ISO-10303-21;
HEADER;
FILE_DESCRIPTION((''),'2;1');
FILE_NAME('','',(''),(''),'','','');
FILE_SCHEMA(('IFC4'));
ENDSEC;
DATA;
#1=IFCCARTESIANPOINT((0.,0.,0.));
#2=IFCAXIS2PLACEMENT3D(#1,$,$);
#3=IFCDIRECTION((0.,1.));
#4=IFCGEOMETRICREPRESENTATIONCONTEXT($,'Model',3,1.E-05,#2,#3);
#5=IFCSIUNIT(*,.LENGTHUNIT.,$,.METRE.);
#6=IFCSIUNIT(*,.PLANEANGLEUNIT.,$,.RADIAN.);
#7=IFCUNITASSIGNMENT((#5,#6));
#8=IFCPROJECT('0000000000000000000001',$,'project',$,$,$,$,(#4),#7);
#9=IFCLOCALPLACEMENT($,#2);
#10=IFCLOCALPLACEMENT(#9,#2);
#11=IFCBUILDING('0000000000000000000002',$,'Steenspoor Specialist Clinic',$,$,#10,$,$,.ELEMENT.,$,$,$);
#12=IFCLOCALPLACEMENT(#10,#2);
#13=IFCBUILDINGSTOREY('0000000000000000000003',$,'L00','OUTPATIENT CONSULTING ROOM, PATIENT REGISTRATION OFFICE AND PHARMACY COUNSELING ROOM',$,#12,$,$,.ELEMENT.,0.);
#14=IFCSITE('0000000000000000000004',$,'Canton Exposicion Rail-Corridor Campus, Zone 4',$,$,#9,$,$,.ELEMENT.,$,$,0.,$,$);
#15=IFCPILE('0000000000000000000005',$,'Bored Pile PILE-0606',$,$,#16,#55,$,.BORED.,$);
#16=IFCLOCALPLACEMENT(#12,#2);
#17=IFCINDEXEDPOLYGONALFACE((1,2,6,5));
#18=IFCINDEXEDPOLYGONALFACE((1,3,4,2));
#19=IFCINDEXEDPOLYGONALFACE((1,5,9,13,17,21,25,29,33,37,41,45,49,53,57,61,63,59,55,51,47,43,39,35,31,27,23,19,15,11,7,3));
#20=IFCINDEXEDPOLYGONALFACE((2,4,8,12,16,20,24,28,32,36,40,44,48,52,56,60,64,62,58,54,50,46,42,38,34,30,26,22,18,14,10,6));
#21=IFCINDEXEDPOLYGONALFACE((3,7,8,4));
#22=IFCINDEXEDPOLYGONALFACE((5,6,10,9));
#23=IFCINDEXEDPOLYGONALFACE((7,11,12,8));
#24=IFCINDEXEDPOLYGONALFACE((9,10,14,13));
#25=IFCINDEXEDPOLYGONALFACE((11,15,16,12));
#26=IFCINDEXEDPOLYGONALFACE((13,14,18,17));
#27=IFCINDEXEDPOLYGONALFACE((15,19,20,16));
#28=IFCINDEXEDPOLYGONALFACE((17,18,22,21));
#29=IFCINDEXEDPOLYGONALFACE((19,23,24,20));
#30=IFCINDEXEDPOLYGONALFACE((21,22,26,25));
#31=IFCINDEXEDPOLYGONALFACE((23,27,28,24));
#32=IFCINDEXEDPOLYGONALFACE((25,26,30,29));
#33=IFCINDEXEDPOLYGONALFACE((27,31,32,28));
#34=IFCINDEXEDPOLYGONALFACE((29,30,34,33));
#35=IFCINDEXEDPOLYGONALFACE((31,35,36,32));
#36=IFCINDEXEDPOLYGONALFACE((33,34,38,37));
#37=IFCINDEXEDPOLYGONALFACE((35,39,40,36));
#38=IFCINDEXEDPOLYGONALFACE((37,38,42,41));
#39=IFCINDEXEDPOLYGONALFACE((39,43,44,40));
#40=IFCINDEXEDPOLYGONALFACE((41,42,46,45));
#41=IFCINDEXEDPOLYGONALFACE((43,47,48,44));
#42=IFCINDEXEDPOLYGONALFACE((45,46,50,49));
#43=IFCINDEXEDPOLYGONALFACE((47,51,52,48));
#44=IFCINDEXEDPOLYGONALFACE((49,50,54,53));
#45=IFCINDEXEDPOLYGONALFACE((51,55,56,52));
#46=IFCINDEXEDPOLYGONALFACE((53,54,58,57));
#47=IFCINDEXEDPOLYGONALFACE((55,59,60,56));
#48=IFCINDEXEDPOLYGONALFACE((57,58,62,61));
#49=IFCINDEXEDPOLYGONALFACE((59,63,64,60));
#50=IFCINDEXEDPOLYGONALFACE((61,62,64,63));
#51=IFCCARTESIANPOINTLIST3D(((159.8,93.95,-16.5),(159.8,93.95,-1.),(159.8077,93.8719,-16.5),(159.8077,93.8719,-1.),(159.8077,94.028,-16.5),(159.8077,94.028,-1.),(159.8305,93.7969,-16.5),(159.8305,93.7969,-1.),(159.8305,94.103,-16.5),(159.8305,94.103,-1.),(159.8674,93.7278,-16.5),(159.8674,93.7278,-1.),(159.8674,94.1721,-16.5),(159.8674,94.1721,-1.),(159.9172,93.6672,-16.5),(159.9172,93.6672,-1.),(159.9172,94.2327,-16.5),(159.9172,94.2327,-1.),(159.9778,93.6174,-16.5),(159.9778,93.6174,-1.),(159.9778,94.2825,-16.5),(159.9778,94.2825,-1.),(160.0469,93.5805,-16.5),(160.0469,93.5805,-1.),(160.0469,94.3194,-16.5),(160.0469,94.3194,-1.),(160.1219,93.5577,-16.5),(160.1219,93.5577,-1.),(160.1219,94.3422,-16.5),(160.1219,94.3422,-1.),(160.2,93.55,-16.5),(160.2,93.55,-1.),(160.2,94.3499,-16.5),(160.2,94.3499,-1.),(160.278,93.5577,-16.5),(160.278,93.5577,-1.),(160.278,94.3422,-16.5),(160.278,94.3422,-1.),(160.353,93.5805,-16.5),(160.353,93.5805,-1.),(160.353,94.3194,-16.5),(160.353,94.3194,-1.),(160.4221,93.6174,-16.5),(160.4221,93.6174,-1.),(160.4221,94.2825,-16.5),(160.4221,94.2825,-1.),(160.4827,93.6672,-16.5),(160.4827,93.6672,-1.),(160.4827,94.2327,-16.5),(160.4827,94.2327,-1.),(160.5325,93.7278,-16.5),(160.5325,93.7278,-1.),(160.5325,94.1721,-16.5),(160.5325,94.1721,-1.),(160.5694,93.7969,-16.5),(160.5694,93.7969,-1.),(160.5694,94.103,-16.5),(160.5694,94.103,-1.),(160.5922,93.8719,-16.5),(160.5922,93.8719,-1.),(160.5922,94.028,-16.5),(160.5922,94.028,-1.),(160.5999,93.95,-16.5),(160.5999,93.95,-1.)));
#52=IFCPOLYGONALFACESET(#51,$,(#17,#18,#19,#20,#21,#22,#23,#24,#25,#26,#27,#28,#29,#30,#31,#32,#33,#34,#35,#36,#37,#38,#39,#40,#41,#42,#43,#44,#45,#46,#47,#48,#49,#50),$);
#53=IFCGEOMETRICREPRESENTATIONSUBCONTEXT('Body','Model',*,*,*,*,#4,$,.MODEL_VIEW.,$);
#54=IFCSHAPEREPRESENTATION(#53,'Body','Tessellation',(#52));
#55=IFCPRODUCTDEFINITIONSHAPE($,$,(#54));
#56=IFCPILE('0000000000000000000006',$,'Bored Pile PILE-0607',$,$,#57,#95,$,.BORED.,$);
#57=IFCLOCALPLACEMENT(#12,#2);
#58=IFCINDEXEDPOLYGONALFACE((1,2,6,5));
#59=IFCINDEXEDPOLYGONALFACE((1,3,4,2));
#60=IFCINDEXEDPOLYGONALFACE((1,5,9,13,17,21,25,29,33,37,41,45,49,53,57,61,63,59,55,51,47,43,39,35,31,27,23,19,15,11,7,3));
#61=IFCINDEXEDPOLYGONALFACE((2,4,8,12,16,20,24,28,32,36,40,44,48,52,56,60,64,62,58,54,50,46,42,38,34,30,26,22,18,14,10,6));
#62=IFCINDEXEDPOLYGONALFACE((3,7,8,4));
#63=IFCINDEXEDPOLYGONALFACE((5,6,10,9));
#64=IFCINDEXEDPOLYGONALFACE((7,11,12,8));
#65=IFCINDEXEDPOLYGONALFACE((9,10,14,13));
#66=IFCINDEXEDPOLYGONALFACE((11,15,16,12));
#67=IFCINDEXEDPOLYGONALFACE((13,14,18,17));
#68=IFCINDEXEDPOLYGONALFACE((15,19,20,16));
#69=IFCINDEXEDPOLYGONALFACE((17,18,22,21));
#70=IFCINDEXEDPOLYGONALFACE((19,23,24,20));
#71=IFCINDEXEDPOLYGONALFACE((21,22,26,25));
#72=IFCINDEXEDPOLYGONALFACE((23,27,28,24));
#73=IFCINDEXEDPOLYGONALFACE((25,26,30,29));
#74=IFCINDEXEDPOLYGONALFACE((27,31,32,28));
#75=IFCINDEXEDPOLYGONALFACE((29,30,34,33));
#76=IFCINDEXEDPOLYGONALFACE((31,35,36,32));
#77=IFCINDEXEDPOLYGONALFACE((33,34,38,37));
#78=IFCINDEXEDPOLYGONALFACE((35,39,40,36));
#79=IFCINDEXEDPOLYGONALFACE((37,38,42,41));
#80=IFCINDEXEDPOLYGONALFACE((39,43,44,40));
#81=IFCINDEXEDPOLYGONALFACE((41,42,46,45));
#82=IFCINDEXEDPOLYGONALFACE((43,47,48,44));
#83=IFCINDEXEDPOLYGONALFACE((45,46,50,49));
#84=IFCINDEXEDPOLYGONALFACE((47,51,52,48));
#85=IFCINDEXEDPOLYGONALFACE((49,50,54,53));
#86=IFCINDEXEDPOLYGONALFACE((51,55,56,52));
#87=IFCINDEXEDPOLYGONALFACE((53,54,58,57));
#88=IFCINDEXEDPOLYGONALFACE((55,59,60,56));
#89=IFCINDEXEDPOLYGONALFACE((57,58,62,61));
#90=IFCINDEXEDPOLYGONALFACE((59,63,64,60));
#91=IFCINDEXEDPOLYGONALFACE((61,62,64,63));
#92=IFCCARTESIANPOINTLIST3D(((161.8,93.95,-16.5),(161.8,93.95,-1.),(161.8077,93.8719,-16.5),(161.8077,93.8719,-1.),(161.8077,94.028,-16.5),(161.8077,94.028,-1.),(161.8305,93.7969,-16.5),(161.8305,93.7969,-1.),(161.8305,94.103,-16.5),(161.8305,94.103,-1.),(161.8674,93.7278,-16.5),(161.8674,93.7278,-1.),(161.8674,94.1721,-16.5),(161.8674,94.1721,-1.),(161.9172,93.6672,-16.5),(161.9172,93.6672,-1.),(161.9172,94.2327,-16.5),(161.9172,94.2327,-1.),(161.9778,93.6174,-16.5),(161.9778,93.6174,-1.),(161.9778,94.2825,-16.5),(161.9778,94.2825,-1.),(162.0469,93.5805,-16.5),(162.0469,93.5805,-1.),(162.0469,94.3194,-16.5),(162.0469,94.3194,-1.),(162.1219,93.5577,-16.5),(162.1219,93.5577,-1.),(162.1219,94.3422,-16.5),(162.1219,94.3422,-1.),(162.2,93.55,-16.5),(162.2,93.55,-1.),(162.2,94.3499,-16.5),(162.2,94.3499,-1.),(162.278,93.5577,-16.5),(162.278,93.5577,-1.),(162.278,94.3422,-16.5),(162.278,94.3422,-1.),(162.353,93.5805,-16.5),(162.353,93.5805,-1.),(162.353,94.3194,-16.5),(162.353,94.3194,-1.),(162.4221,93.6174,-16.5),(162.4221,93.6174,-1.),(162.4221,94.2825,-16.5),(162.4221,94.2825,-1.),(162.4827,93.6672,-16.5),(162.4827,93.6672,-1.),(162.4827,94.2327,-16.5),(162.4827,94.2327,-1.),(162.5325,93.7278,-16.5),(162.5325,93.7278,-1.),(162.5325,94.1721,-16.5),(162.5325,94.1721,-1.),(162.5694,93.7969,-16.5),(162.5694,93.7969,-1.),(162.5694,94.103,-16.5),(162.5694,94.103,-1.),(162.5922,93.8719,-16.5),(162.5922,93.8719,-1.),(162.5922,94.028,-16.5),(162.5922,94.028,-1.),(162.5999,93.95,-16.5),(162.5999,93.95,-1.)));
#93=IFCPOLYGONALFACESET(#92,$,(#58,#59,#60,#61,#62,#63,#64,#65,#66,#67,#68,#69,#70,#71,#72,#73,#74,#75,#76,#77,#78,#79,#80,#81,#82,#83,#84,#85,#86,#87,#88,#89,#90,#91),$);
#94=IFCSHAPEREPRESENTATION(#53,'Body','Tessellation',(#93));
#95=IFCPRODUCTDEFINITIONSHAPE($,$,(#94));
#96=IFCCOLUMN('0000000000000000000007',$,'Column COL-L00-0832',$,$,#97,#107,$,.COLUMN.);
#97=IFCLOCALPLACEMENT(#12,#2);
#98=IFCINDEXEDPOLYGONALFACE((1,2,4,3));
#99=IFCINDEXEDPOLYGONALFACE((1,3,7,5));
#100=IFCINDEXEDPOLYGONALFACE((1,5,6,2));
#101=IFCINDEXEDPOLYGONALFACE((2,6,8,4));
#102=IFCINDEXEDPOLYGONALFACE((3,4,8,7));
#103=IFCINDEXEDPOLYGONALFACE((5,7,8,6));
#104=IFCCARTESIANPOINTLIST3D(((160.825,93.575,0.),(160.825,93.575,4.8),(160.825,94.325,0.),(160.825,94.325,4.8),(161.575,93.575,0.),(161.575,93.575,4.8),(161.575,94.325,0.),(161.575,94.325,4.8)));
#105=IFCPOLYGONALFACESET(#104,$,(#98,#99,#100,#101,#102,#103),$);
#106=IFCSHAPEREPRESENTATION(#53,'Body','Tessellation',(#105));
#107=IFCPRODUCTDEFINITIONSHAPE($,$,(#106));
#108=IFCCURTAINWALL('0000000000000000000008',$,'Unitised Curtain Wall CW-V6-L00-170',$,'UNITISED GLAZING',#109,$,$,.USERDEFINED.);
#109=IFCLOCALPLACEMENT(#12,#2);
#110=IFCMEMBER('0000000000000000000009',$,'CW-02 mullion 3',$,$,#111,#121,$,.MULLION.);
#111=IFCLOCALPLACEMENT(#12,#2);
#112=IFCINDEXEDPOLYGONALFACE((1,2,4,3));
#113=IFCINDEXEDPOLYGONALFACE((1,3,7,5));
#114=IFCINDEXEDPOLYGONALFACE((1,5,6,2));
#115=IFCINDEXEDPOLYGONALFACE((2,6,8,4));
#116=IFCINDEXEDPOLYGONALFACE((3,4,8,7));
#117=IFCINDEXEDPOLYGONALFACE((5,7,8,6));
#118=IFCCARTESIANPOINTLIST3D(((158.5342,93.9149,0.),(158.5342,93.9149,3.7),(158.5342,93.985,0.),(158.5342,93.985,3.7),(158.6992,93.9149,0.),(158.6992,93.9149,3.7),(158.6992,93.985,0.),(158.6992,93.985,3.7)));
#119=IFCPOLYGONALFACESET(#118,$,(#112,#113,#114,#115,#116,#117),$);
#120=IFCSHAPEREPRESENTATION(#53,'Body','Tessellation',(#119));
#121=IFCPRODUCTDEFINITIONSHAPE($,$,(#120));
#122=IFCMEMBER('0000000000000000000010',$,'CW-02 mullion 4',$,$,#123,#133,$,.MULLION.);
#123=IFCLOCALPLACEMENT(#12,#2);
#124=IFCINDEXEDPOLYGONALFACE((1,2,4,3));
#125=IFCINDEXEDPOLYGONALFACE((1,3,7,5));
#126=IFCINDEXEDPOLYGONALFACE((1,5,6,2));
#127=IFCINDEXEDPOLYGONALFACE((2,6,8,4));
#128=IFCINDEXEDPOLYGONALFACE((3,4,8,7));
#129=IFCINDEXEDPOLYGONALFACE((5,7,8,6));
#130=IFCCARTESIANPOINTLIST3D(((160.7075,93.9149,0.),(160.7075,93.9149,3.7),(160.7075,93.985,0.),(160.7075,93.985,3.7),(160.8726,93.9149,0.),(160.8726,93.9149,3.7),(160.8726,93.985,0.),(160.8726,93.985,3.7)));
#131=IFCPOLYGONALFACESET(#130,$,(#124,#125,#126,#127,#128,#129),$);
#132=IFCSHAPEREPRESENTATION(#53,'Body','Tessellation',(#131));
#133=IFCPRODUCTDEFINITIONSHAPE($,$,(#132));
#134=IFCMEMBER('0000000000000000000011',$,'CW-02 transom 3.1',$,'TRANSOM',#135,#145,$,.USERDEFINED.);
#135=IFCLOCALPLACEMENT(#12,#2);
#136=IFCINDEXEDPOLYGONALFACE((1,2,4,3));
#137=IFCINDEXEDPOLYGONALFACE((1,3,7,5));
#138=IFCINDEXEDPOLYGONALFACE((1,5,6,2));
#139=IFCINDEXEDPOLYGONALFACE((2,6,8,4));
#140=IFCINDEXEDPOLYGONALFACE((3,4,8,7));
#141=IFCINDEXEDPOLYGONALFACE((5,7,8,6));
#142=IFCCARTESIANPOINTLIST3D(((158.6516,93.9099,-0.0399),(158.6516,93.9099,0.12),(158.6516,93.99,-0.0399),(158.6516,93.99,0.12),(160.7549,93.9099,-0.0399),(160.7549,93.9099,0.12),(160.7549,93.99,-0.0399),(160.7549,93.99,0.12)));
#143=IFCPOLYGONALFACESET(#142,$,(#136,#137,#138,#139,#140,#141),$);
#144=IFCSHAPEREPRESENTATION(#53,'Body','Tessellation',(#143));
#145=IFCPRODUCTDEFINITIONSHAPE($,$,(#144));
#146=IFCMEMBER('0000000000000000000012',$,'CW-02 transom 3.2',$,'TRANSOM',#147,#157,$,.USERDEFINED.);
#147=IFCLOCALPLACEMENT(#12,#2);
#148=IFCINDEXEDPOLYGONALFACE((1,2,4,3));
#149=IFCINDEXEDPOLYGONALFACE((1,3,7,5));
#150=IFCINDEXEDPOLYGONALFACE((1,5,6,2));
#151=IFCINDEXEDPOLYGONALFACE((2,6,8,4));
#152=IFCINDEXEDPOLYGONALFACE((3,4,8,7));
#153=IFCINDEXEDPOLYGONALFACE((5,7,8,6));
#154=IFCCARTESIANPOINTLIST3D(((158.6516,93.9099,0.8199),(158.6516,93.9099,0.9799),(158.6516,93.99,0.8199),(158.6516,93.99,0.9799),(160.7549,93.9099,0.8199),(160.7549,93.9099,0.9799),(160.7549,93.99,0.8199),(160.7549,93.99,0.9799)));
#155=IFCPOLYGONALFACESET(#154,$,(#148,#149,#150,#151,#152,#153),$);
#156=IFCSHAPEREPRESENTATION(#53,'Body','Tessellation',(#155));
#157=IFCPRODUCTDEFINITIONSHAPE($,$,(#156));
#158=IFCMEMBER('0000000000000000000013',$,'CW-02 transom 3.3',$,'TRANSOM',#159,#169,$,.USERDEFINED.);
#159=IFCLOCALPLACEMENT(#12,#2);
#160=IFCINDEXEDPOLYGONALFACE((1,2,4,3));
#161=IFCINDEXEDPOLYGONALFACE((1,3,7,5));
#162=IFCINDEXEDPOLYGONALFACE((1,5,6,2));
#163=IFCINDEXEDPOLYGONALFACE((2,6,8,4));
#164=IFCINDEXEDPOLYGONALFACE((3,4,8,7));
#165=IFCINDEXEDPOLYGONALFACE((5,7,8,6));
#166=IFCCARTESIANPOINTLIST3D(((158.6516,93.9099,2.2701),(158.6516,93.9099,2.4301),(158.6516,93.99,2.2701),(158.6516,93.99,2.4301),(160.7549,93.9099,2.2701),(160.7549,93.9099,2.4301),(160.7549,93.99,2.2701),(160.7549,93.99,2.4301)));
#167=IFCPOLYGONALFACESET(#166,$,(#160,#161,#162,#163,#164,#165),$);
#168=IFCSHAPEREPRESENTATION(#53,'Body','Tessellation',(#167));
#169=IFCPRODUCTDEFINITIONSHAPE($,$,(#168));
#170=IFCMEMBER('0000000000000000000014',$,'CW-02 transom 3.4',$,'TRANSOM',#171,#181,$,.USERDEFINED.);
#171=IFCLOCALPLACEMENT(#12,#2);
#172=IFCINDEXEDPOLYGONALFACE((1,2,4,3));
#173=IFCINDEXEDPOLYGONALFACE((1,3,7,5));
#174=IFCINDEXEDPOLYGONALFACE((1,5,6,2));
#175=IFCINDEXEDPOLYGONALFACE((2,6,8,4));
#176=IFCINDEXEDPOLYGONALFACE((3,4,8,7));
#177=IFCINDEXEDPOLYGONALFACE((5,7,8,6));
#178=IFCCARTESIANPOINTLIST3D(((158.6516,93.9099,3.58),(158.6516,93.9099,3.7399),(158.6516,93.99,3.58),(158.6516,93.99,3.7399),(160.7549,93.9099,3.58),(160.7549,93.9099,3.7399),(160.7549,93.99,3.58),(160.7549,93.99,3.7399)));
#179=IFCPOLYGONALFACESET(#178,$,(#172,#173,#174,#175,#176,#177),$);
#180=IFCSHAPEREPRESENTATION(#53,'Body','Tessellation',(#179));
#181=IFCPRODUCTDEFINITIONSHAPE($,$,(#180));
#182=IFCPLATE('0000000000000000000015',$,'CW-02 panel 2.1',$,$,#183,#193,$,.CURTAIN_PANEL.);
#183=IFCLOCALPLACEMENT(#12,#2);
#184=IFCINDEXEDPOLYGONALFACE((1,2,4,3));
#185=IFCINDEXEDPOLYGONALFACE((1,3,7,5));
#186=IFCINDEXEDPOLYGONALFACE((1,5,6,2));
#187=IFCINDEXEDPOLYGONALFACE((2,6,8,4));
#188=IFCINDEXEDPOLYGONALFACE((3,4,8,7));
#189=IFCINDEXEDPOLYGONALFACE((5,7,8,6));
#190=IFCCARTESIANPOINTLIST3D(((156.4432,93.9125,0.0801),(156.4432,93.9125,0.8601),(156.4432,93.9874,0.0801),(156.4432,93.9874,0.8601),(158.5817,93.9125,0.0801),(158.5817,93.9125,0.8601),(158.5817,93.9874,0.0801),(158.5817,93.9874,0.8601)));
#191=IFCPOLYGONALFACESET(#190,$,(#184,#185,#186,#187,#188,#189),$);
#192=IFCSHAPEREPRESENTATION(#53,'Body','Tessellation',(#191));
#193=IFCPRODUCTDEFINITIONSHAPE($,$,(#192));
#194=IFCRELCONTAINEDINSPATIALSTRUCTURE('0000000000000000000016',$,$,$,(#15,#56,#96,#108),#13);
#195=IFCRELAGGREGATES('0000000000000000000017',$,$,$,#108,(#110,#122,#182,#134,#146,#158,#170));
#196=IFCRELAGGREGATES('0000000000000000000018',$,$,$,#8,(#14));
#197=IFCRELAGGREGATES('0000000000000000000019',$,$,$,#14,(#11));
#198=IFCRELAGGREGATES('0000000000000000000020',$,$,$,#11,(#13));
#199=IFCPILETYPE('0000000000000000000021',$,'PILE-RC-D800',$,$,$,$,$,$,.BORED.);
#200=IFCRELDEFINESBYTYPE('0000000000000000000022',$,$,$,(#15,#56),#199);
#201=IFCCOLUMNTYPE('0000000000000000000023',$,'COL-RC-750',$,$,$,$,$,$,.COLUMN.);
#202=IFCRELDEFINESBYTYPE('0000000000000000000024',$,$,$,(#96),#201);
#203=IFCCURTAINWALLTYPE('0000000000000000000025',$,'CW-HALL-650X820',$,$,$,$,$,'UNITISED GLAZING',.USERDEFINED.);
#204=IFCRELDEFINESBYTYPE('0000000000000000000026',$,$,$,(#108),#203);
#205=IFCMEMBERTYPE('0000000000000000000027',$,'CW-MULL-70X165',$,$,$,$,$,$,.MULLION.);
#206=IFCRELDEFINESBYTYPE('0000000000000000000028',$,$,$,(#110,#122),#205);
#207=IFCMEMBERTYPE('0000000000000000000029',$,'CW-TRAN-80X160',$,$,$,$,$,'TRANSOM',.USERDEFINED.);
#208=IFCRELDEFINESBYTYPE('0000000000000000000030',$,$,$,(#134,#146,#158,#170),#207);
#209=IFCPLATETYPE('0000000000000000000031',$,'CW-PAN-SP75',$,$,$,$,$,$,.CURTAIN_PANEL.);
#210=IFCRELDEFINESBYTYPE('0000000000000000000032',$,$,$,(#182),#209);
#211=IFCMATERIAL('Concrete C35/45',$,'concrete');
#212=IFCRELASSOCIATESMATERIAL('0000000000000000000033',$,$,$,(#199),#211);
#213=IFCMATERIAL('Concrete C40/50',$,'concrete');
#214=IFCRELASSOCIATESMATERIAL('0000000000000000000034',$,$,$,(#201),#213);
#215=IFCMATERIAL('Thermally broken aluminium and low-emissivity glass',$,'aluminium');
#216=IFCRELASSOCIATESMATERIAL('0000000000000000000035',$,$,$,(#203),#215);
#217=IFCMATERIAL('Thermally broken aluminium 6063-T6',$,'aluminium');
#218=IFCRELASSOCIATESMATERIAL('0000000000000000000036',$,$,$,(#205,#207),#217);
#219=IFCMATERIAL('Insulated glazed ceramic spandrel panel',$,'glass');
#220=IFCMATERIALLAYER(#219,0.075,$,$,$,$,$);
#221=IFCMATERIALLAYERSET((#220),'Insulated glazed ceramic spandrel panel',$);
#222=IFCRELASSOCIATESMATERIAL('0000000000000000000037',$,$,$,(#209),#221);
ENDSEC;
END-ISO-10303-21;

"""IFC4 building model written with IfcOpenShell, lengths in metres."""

from ifc_helpers import new_model, si_unit, direction, frame, origin, origin_2d, place, context, subcontext, project, spatial, rectangle, circle, extrude, material, layer, layer_set, material_profile, profile_set, type_object, element, aggregate, save


model = new_model("IFC4")

# Units and contexts
model_context = context("Model", 3, precision=1e-05, world=origin(), true_north=direction((0.0, 1.0)))
body_context = subcontext(model_context, "Body", "Model", "MODEL_VIEW")
ifc_project = project(units=[si_unit("LENGTHUNIT", "METRE"), si_unit("PLANEANGLEUNIT", "RADIAN")], contexts=[model_context])

# Site, building, storey
site_placement = place(None, origin())
site = spatial("IfcSite", under=ifc_project, at=site_placement, Name="Canton Exposicion Rail-Corridor Campus, Zone 4", CompositionType="ELEMENT", RefElevation=0.0)
building_placement = place(site_placement, origin())
building = spatial("IfcBuilding", under=site, at=building_placement, Name="Steenspoor Specialist Clinic", CompositionType="ELEMENT")
storey_placement = place(building_placement, origin())
storey = spatial("IfcBuildingStorey", under=building, at=storey_placement, Name="L00", Description="OUTPATIENT CONSULTING ROOM, PATIENT REGISTRATION OFFICE AND PHARMACY COUNSELING ROOM", CompositionType="ELEMENT", Elevation=0.0)

# Shared definitions
ifc_material_1 = material(Name="Concrete C35/45", Category="concrete")

# Piles
ifc_material_profile_1 = material_profile(ifc_material_1, circle(Radius=0.3999, at=origin_2d()), Name="PILE-D800")
ifc_profile_set_1 = profile_set([ifc_material_profile_1], Name="Concrete C35/45")
pile_type_1 = type_object("IfcPileType", Name="PILE-RC-D800", PredefinedType="BORED", material=ifc_profile_set_1)
for number, where, z_axis, x_axis, name in (
    (1, (160.2, 93.95, -1.0), (0.0, 0.0, -1.0), (1.0, 0.0, 0.0), "Bored Pile PILE-0606"),
    (2, (162.2, 93.95, -1.0), (0.0, 0.0, -1.0), (1.0, 0.0, 0.0), "Bored Pile PILE-0607"),
):
    element("IfcPile", number, at=place(storey_placement, frame(where, z_axis=z_axis, x_axis=x_axis)), inside=storey, type_object=pile_type_1, Name=name, PredefinedType="BORED", context=body_context, shape_type="SweptSolid", body=[
        extrude(circle(Radius=0.3999, at=origin_2d()), origin(), (0.0, 0.0, 1.0), 15.5),
    ])

# Column
ifc_material_2 = material(Name="Concrete C40/50", Category="concrete")
ifc_material_profile_2 = material_profile(ifc_material_2, rectangle(XDim=0.75, YDim=0.75, at=origin_2d()), Name="RC-COL-750X750")
ifc_profile_set_2 = profile_set([ifc_material_profile_2], Name="Concrete C40/50")
column_type = type_object("IfcColumnType", Name="COL-RC-750", PredefinedType="COLUMN", material=ifc_profile_set_2)
column_placement = place(storey_placement, frame((161.2, 93.95, 0.0), z_axis=(0.0, 0.0, 1.0), x_axis=(1.0, 0.0, 0.0)))
element("IfcColumn", 3, at=column_placement, inside=storey, type_object=column_type, Name="Column COL-L00-0832", PredefinedType="COLUMN", context=body_context, shape_type="SweptSolid", body=[
    extrude(rectangle(XDim=0.75, YDim=0.75, at=origin_2d()), origin(), (0.0, 0.0, 1.0), 4.8),
])

# Curtain wall, members, plate
ifc_material_3 = material(Name="Thermally broken aluminium and low-emissivity glass", Category="aluminium")
curtain_wall_type = type_object("IfcCurtainWallType", Name="CW-HALL-650X820", ElementType="UNITISED GLAZING", PredefinedType="USERDEFINED", material=ifc_material_3)
curtain_wall_placement = place(storey_placement, origin())
curtain_wall = element("IfcCurtainWall", 4, at=curtain_wall_placement, inside=storey, type_object=curtain_wall_type, Name="Unitised Curtain Wall CW-V6-L00-170", ObjectType="UNITISED GLAZING", PredefinedType="USERDEFINED")
ifc_material_4 = material(Name="Thermally broken aluminium 6063-T6", Category="aluminium")
ifc_material_profile_3 = material_profile(ifc_material_4, rectangle(XDim=0.0701, YDim=0.165, at=origin_2d()), Name="CWM-70X165")
ifc_profile_set_3 = profile_set([ifc_material_profile_3], Name="Thermally broken aluminium 6063-T6")
member_type_1 = type_object("IfcMemberType", Name="CW-MULL-70X165", PredefinedType="MULLION", material=ifc_profile_set_3)
member_1_placement = place(storey_placement, frame((158.6167, 93.95, 0.0), z_axis=(0.0, 0.0, 1.0), x_axis=(0.0, 1.0, 0.0)))
member_1 = element("IfcMember", 5, at=member_1_placement, type_object=member_type_1, Name="CW-02 mullion 3", PredefinedType="MULLION", context=body_context, shape_type="SweptSolid", body=[
    extrude(rectangle(XDim=0.0701, YDim=0.165, at=origin_2d()), origin(), (0.0, 0.0, 1.0), 3.7),
])
member_2_placement = place(storey_placement, frame((160.79, 93.95, 0.0), z_axis=(0.0, 0.0, 1.0), x_axis=(0.0, 1.0, 0.0)))
member_2 = element("IfcMember", 6, at=member_2_placement, type_object=member_type_1, Name="CW-02 mullion 4", PredefinedType="MULLION", context=body_context, shape_type="SweptSolid", body=[
    extrude(rectangle(XDim=0.0701, YDim=0.165, at=origin_2d()), origin(), (0.0, 0.0, 1.0), 3.7),
])
ifc_material_profile_4 = material_profile(ifc_material_4, rectangle(XDim=0.0801, YDim=0.1599, at=origin_2d()), Name="CWT-80X160")
ifc_profile_set_4 = profile_set([ifc_material_profile_4], Name="Thermally broken aluminium 6063-T6")
member_type_2 = type_object("IfcMemberType", Name="CW-TRAN-80X160", ElementType="TRANSOM", PredefinedType="USERDEFINED", material=ifc_profile_set_4)
member_3_placement = place(storey_placement, frame((158.6516, 93.95, 0.04), z_axis=(1.0, 0.0, 0.0), x_axis=(0.0, 1.0, 0.0)))
member_3 = element("IfcMember", 7, at=member_3_placement, type_object=member_type_2, Name="CW-02 transom 3.1", ObjectType="TRANSOM", PredefinedType="USERDEFINED", context=body_context, shape_type="SweptSolid", body=[
    extrude(rectangle(XDim=0.0801, YDim=0.1599, at=origin_2d()), origin(), (0.0, 0.0, 1.0), 2.1033),
])
member_4_placement = place(storey_placement, frame((158.6516, 93.95, 0.8999), z_axis=(1.0, 0.0, 0.0), x_axis=(0.0, 1.0, 0.0)))
member_4 = element("IfcMember", 8, at=member_4_placement, type_object=member_type_2, Name="CW-02 transom 3.2", ObjectType="TRANSOM", PredefinedType="USERDEFINED", context=body_context, shape_type="SweptSolid", body=[
    extrude(rectangle(XDim=0.0801, YDim=0.1599, at=origin_2d()), origin(), (0.0, 0.0, 1.0), 2.1033),
])
member_5_placement = place(storey_placement, frame((158.6516, 93.95, 2.3501), z_axis=(1.0, 0.0, 0.0), x_axis=(0.0, 1.0, 0.0)))
member_5 = element("IfcMember", 9, at=member_5_placement, type_object=member_type_2, Name="CW-02 transom 3.3", ObjectType="TRANSOM", PredefinedType="USERDEFINED", context=body_context, shape_type="SweptSolid", body=[
    extrude(rectangle(XDim=0.0801, YDim=0.1599, at=origin_2d()), origin(), (0.0, 0.0, 1.0), 2.1033),
])
member_6_placement = place(storey_placement, frame((158.6516, 93.95, 3.6599), z_axis=(1.0, 0.0, 0.0), x_axis=(0.0, 1.0, 0.0)))
member_6 = element("IfcMember", 10, at=member_6_placement, type_object=member_type_2, Name="CW-02 transom 3.4", ObjectType="TRANSOM", PredefinedType="USERDEFINED", context=body_context, shape_type="SweptSolid", body=[
    extrude(rectangle(XDim=0.0801, YDim=0.1599, at=origin_2d()), origin(), (0.0, 0.0, 1.0), 2.1033),
])
ifc_material_5 = material(Name="Insulated glazed ceramic spandrel panel", Category="glass")
ifc_layer_1 = layer(ifc_material_5, 0.075)
ifc_layer_set_1 = layer_set([ifc_layer_1], Name="Insulated glazed ceramic spandrel panel")
plate_type = type_object("IfcPlateType", Name="CW-PAN-SP75", PredefinedType="CURTAIN_PANEL", material=ifc_layer_set_1)
plate_1_placement = place(storey_placement, frame((157.5125, 93.95, 0.0801), z_axis=(0.0, 0.0, 1.0), x_axis=(1.0, 0.0, 0.0)))
plate_1 = element("IfcPlate", 11, at=plate_1_placement, type_object=plate_type, Name="CW-02 panel 2.1", PredefinedType="CURTAIN_PANEL", context=body_context, shape_type="SweptSolid", body=[
    extrude(rectangle(XDim=2.1384, YDim=0.075, at=origin_2d()), origin(), (0.0, 0.0, 1.0), 0.78),
])
aggregate(curtain_wall, [member_1, member_2, plate_1, member_3, member_4, member_5, member_6])

save(model, "model.ifc")
